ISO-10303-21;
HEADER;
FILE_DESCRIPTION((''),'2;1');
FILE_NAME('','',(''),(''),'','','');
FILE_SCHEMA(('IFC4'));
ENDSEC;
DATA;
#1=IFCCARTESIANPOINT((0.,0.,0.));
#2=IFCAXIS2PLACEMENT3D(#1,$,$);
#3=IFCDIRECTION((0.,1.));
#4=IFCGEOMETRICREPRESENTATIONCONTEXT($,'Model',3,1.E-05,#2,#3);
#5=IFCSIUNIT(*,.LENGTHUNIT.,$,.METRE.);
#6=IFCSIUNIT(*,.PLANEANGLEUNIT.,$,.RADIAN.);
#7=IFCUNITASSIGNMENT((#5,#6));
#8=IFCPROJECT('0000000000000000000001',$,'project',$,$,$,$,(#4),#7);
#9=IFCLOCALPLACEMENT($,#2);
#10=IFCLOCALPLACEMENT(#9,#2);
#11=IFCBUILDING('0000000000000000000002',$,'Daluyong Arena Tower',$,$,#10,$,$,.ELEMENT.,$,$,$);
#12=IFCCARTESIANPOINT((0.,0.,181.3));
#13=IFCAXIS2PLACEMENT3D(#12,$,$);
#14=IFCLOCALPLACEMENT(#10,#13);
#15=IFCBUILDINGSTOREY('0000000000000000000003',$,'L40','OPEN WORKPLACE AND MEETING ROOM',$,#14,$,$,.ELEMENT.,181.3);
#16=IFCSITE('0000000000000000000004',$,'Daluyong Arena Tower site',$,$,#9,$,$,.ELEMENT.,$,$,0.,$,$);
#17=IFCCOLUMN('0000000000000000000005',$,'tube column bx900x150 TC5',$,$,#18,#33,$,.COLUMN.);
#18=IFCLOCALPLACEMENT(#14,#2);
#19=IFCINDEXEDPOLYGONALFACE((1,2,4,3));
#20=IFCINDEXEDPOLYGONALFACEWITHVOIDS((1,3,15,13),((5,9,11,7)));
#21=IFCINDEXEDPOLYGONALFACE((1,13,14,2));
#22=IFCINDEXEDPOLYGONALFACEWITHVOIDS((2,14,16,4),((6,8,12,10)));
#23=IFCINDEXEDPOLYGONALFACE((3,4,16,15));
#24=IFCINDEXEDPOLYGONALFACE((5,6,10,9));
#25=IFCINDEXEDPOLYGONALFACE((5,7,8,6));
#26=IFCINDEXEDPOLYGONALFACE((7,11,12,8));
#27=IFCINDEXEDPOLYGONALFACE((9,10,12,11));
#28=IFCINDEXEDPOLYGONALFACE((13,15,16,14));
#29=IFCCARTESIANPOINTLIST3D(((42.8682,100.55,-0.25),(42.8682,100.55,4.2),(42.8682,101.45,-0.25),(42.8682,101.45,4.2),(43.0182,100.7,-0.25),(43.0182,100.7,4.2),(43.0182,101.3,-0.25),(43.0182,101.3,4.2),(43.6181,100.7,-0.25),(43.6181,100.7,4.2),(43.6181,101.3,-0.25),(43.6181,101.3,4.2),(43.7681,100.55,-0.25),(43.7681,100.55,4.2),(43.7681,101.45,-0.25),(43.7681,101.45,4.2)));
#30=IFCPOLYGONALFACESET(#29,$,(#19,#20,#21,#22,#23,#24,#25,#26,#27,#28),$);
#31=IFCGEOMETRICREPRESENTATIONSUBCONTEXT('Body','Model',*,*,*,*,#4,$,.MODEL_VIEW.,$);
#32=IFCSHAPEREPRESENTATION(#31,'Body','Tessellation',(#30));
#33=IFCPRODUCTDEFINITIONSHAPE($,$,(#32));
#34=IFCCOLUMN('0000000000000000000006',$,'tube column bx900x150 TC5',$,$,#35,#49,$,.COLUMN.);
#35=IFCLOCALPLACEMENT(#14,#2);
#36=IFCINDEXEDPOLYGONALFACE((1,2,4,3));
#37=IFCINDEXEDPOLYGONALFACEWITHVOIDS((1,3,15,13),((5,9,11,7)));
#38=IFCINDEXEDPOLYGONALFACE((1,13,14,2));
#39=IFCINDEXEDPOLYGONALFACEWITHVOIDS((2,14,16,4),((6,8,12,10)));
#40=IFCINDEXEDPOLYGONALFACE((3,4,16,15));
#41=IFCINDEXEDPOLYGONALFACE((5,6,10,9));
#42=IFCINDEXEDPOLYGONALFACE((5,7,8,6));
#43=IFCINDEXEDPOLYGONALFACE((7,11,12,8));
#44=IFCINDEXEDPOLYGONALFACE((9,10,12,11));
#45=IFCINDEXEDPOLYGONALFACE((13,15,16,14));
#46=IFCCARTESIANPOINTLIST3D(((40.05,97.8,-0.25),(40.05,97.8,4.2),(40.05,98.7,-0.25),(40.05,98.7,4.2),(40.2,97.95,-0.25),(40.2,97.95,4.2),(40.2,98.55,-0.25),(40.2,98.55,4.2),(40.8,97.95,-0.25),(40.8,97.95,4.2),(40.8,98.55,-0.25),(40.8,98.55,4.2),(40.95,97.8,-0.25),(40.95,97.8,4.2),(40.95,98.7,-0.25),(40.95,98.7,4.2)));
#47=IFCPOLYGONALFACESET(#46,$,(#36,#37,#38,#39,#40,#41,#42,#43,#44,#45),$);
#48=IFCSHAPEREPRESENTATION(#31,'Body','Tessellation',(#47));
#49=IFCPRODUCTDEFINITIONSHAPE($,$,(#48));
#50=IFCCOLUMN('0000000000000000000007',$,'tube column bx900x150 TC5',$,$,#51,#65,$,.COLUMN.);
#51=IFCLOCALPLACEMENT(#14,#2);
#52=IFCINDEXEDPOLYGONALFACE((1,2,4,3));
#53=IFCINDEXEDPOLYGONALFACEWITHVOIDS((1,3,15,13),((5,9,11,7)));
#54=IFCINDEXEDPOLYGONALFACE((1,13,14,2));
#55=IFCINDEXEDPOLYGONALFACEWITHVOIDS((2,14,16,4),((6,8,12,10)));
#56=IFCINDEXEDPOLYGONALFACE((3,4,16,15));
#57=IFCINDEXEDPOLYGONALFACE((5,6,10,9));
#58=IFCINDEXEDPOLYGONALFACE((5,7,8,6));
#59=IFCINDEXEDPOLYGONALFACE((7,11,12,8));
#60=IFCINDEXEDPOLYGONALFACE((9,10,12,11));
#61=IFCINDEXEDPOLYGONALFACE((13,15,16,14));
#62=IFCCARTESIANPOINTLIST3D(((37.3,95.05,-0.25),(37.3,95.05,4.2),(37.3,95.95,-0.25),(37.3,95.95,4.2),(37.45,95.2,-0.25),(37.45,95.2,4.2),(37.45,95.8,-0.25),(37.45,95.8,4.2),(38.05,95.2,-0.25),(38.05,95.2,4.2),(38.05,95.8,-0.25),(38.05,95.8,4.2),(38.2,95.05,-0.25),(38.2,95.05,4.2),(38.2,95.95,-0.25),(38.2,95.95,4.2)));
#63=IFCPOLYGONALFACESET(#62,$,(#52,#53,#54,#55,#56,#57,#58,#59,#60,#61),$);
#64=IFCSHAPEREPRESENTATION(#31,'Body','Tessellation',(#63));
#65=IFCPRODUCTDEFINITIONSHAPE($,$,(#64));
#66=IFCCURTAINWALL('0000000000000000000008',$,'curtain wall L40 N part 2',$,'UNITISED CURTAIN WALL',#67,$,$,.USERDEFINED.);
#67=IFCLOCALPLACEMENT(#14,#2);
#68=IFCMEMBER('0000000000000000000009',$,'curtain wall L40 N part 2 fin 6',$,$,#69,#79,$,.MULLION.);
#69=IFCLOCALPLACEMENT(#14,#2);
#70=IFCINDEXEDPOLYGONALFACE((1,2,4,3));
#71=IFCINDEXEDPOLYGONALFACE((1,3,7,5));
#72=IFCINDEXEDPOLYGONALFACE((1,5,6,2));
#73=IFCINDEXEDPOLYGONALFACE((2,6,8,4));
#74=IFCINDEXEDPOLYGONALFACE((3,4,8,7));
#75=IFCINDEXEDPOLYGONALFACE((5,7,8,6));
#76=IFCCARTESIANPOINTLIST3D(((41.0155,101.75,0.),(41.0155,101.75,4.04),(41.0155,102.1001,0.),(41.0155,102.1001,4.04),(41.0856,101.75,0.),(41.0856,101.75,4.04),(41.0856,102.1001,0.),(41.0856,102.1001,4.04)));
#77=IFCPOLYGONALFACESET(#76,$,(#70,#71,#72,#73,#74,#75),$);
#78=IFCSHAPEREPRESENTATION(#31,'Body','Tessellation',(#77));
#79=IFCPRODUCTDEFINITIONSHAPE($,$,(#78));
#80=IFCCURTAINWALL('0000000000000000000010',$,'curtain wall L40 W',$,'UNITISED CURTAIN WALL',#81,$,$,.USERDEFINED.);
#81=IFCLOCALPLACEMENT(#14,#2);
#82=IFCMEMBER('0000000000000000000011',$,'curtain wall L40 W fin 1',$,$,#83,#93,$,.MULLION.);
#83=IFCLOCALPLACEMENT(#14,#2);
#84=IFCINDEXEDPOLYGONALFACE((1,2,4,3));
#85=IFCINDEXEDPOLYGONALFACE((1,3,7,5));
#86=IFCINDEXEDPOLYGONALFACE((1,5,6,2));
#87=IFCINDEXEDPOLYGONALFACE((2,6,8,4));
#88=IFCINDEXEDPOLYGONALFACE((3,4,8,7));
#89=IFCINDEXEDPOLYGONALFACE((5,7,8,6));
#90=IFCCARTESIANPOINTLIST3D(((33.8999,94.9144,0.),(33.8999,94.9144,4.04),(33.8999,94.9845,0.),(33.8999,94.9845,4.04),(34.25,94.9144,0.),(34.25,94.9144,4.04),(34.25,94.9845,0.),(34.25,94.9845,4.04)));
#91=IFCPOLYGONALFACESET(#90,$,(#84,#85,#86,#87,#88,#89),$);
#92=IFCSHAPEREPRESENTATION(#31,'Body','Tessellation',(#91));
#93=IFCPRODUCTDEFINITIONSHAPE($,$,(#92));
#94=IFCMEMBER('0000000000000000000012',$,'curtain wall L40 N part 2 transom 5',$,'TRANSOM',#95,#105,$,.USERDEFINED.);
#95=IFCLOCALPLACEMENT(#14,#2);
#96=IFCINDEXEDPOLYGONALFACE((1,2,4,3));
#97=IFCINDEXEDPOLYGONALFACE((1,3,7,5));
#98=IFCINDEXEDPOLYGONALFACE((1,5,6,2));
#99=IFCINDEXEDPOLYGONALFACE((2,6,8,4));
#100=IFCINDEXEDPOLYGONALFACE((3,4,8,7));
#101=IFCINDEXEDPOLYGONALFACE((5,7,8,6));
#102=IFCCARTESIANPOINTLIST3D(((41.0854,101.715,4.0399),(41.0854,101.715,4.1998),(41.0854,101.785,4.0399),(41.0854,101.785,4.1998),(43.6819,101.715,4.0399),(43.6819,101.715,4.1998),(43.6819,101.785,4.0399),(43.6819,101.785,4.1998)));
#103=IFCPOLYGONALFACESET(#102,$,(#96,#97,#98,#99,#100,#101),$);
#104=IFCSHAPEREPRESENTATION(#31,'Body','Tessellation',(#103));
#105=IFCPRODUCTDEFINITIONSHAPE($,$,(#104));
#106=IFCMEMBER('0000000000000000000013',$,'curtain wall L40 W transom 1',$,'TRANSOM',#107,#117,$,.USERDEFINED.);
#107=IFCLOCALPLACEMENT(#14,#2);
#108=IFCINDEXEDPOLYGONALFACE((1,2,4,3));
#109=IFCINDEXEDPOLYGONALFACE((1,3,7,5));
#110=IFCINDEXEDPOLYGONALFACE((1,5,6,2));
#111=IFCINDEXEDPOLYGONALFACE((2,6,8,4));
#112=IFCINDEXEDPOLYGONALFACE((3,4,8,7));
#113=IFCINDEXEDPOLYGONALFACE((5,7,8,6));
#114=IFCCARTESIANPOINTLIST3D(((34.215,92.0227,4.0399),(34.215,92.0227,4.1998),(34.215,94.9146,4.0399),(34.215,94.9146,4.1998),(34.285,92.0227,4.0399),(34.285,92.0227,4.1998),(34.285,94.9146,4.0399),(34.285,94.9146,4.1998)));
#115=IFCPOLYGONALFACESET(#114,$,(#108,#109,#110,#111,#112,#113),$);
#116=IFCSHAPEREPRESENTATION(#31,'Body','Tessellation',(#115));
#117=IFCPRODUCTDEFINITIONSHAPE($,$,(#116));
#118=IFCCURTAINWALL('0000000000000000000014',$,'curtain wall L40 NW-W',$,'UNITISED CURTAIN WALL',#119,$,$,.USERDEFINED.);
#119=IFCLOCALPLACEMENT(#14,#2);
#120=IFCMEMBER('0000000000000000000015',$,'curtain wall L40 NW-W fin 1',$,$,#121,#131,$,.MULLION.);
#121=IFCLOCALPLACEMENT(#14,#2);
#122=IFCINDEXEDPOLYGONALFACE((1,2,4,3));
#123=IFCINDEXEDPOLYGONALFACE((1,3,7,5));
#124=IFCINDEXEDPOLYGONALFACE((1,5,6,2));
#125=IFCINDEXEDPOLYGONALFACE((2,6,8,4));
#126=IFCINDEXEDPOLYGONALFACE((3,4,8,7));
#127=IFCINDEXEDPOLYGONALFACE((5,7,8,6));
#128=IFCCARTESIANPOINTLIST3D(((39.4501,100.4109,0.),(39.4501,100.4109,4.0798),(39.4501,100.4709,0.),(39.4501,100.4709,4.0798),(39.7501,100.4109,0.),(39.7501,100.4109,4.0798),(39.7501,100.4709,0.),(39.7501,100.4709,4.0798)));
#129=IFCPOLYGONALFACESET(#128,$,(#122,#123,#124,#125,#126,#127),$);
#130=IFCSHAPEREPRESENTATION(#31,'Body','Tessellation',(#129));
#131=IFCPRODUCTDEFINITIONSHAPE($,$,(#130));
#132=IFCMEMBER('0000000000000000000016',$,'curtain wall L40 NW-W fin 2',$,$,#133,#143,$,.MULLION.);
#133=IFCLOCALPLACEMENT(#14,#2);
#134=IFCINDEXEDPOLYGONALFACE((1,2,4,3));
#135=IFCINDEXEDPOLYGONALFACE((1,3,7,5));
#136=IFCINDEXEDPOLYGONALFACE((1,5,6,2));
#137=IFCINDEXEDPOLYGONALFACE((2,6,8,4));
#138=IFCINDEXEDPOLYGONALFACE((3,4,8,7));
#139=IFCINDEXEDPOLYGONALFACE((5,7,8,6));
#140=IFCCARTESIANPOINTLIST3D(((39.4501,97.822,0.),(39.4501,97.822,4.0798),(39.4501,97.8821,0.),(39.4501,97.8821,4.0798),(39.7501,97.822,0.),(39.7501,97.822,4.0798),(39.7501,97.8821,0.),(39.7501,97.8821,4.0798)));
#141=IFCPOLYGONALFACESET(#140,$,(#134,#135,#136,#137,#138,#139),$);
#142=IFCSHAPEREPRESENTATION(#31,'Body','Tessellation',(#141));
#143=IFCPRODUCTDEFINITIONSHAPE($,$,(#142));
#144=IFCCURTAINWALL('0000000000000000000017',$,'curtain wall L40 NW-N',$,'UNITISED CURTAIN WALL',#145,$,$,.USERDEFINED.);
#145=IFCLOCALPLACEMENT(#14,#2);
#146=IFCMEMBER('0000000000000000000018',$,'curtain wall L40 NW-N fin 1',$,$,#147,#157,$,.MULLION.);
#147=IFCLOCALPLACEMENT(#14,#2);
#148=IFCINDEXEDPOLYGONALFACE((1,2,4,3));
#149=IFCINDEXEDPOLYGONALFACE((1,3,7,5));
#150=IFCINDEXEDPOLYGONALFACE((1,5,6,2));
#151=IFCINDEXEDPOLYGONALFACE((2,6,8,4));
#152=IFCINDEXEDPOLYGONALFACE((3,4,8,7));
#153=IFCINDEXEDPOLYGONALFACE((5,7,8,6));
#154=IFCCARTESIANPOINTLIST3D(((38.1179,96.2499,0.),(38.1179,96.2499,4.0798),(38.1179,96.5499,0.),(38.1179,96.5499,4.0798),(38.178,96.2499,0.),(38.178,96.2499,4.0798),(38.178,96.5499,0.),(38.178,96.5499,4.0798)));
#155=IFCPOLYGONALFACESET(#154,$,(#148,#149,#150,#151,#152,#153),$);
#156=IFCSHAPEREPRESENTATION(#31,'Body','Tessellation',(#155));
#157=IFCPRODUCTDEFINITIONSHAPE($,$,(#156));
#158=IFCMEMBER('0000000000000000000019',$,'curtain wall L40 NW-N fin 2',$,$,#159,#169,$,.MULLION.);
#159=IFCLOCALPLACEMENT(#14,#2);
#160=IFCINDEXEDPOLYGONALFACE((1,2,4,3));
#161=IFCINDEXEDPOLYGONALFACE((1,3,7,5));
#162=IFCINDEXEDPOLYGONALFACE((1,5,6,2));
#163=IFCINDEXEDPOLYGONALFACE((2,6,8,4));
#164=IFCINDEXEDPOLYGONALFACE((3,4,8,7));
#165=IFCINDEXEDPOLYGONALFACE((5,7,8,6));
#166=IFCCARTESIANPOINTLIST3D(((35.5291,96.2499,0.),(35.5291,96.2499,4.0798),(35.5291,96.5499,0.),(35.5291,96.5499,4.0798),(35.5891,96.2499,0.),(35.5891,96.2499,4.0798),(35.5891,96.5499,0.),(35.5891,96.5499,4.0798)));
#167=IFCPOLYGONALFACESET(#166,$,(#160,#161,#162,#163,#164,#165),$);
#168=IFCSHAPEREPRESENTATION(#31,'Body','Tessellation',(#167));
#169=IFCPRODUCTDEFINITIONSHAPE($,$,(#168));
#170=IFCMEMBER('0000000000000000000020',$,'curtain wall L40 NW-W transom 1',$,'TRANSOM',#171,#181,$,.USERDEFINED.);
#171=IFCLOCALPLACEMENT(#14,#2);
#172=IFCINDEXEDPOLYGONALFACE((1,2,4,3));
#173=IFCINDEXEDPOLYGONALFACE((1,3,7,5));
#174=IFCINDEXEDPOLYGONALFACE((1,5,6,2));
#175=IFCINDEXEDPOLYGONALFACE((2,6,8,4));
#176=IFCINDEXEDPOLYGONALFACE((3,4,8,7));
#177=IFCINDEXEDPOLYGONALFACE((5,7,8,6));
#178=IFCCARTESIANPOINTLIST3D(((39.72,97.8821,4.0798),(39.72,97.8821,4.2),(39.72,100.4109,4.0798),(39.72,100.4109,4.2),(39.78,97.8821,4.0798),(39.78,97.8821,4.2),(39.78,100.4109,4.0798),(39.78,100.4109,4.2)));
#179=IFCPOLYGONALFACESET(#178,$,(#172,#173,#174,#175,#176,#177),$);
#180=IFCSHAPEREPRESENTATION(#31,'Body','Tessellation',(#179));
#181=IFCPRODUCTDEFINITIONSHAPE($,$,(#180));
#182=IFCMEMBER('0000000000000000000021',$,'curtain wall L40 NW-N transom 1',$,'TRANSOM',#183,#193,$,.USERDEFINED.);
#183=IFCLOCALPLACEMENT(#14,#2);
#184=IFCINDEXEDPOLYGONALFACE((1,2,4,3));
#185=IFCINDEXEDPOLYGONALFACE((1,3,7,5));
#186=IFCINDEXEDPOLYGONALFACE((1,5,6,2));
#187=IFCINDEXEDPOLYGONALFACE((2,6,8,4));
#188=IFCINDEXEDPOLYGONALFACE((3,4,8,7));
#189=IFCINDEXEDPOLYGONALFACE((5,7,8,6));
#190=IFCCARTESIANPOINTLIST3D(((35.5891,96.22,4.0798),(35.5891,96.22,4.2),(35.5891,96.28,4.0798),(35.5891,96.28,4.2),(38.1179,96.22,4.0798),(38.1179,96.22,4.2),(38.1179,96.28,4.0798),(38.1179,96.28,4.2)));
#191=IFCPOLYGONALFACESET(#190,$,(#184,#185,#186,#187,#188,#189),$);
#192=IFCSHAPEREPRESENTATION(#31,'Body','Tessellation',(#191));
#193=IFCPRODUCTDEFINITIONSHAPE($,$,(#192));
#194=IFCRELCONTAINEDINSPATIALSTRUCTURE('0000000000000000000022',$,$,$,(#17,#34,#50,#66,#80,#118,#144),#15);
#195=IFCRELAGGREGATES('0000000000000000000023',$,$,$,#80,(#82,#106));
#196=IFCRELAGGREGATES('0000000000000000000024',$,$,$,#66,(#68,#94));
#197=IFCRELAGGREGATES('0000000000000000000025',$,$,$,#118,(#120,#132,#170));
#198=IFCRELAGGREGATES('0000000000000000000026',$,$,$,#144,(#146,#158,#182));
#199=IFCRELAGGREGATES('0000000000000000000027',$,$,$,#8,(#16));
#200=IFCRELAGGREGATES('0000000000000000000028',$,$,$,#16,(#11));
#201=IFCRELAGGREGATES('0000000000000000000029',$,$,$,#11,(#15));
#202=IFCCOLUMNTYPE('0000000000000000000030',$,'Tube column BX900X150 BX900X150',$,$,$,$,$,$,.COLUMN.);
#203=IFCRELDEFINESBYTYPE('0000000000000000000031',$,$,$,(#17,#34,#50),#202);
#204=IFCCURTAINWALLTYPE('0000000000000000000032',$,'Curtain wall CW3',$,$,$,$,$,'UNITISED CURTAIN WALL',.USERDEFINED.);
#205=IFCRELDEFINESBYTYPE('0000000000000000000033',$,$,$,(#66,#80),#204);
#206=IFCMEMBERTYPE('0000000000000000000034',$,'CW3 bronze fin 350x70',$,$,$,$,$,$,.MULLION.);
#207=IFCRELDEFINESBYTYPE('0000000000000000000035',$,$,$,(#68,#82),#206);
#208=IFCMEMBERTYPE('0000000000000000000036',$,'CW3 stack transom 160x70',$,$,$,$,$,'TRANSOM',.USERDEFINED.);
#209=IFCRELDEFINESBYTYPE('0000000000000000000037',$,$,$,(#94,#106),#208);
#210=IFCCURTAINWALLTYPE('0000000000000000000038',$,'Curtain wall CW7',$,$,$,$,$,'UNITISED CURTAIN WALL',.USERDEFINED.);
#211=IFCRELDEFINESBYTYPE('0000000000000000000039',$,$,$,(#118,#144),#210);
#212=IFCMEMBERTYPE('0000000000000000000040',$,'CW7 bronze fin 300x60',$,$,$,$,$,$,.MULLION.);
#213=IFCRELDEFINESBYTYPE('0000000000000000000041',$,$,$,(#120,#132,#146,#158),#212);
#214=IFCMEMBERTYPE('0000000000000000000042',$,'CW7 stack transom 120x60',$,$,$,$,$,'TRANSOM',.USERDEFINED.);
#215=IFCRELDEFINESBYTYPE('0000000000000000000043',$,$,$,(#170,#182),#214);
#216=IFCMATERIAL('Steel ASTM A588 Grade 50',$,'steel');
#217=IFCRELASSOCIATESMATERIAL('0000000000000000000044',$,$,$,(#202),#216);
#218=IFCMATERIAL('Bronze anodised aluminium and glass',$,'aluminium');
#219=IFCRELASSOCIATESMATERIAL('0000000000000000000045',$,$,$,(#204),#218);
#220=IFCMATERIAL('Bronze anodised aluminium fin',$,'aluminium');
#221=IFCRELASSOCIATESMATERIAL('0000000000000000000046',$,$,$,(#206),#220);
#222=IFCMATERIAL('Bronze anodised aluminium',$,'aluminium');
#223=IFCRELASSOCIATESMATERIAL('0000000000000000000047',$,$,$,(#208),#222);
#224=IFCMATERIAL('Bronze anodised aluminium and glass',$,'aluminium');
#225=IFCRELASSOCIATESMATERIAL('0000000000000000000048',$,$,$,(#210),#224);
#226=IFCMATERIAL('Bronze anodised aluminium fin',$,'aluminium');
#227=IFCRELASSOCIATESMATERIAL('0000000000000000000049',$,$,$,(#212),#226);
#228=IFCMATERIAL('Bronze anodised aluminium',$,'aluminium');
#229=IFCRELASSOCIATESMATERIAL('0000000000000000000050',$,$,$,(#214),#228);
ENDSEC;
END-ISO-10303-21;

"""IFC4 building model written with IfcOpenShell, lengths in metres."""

from ifc_helpers import new_model, si_unit, direction, frame, origin, origin_2d, place, context, subcontext, project, spatial, rectangle, hollow_rectangle, extrude, material, material_profile, profile_set, type_object, element, aggregate, save


model = new_model("IFC4")

# Units and contexts
model_context = context("Model", 3, precision=1e-05, world=origin(), true_north=direction((0.0, 1.0)))
body_context = subcontext(model_context, "Body", "Model", "MODEL_VIEW")
ifc_project = project(units=[si_unit("LENGTHUNIT", "METRE"), si_unit("PLANEANGLEUNIT", "RADIAN")], contexts=[model_context])

# Site, building, storey
site_placement = place(None, origin())
site = spatial("IfcSite", under=ifc_project, at=site_placement, Name="Daluyong Arena Tower site", CompositionType="ELEMENT", RefElevation=0.0)
building_placement = place(site_placement, origin())
building = spatial("IfcBuilding", under=site, at=building_placement, Name="Daluyong Arena Tower", CompositionType="ELEMENT")
storey_placement = place(building_placement, frame((0.0, 0.0, 181.3)))
storey = spatial("IfcBuildingStorey", under=building, at=storey_placement, Name="L40", Description="OPEN WORKPLACE AND MEETING ROOM", CompositionType="ELEMENT", Elevation=181.3)

# Columns
ifc_material_1 = material(Name="Steel ASTM A588 Grade 50", Category="steel")
ifc_material_profile_1 = material_profile(ifc_material_1, hollow_rectangle(XDim=0.8999, YDim=0.8999, WallThickness=0.15, at=origin_2d()))
ifc_profile_set_1 = profile_set([ifc_material_profile_1], Name="Steel ASTM A588 Grade 50")
column_type_1 = type_object("IfcColumnType", Name="Tube column BX900X150 BX900X150", PredefinedType="COLUMN", material=ifc_profile_set_1)
for number, where, z_axis, x_axis, name in (
    (1, (43.3181, 101.0, -0.25), (0.0, 0.0, 1.0), (1.0, 0.0, 0.0), "tube column bx900x150 TC5"),
    (2, (40.5, 98.25, -0.25), (0.0, 0.0, 1.0), (0.0, 1.0, 0.0), "tube column bx900x150 TC5"),
    (3, (37.75, 95.5, -0.25), (0.0, 0.0, 1.0), (1.0, 0.0, 0.0), "tube column bx900x150 TC5"),
):
    element("IfcColumn", number, at=place(storey_placement, frame(where, z_axis=z_axis, x_axis=x_axis)), inside=storey, type_object=column_type_1, Name=name, PredefinedType="COLUMN", context=body_context, shape_type="SweptSolid", body=[
        extrude(hollow_rectangle(XDim=0.8999, YDim=0.8999, WallThickness=0.15, at=origin_2d()), origin(), (0.0, 0.0, 1.0), 4.45),
    ])

# Curtain walls, members
ifc_material_2 = material(Name="Bronze anodised aluminium and glass", Category="aluminium")
curtain_wall_type_1 = type_object("IfcCurtainWallType", Name="Curtain wall CW3", ElementType="UNITISED CURTAIN WALL", PredefinedType="USERDEFINED", material=ifc_material_2)
curtain_wall_1_placement = place(storey_placement, origin())
curtain_wall_1 = element("IfcCurtainWall", 4, at=curtain_wall_1_placement, inside=storey, type_object=curtain_wall_type_1, Name="curtain wall L40 N part 2", ObjectType="UNITISED CURTAIN WALL", PredefinedType="USERDEFINED")
ifc_material_3 = material(Name="Bronze anodised aluminium fin", Category="aluminium")
ifc_material_profile_2 = material_profile(ifc_material_3, rectangle(XDim=0.3501, YDim=0.0701, at=origin_2d()))
ifc_profile_set_2 = profile_set([ifc_material_profile_2], Name="Bronze anodised aluminium fin")
member_type_1 = type_object("IfcMemberType", Name="CW3 bronze fin 350x70", PredefinedType="MULLION", material=ifc_profile_set_2)
member_1_placement = place(storey_placement, frame((41.0505, 101.925, 0.0), z_axis=(0.0, 0.0, 1.0), x_axis=(0.0, -1.0, 0.0)))
member_1 = element("IfcMember", 5, at=member_1_placement, type_object=member_type_1, Name="curtain wall L40 N part 2 fin 6", PredefinedType="MULLION", context=body_context, shape_type="SweptSolid", body=[
    extrude(rectangle(XDim=0.3501, YDim=0.0701, at=origin_2d()), origin(), (0.0, 0.0, 1.0), 4.04),
])
curtain_wall_2_placement = place(storey_placement, origin())
curtain_wall_2 = element("IfcCurtainWall", 6, at=curtain_wall_2_placement, inside=storey, type_object=curtain_wall_type_1, Name="curtain wall L40 W", ObjectType="UNITISED CURTAIN WALL", PredefinedType="USERDEFINED")
member_2_placement = place(storey_placement, frame((34.075, 94.9495, 0.0), z_axis=(0.0, 0.0, 1.0), x_axis=(1.0, 0.0, 0.0)))
member_2 = element("IfcMember", 7, at=member_2_placement, type_object=member_type_1, Name="curtain wall L40 W fin 1", PredefinedType="MULLION", context=body_context, shape_type="SweptSolid", body=[
    extrude(rectangle(XDim=0.3501, YDim=0.0701, at=origin_2d()), origin(), (0.0, 0.0, 1.0), 4.04),
])

# Members
ifc_material_4 = material(Name="Bronze anodised aluminium", Category="aluminium")
ifc_material_profile_3 = material_profile(ifc_material_4, rectangle(XDim=0.0701, YDim=0.1599, at=origin_2d()))
ifc_profile_set_3 = profile_set([ifc_material_profile_3], Name="Bronze anodised aluminium")
member_type_2 = type_object("IfcMemberType", Name="CW3 stack transom 160x70", ElementType="TRANSOM", PredefinedType="USERDEFINED", material=ifc_profile_set_3)
member_3_placement = place(storey_placement, frame((43.6819, 101.75, 4.1199), z_axis=(-1.0, 0.0, 0.0), x_axis=(0.0, -1.0, 0.0)))
member_3 = element("IfcMember", 8, at=member_3_placement, type_object=member_type_2, Name="curtain wall L40 N part 2 transom 5", ObjectType="TRANSOM", PredefinedType="USERDEFINED", context=body_context, shape_type="SweptSolid", body=[
    extrude(rectangle(XDim=0.0701, YDim=0.1599, at=origin_2d()), origin(), (0.0, 0.0, 1.0), 2.5964),
])
member_4_placement = place(storey_placement, frame((34.25, 94.9146, 4.1199), z_axis=(0.0, -1.0, 0.0), x_axis=(1.0, 0.0, 0.0)))
member_4 = element("IfcMember", 9, at=member_4_placement, type_object=member_type_2, Name="curtain wall L40 W transom 1", ObjectType="TRANSOM", PredefinedType="USERDEFINED", context=body_context, shape_type="SweptSolid", body=[
    extrude(rectangle(XDim=0.0701, YDim=0.1599, at=origin_2d()), origin(), (0.0, 0.0, 1.0), 2.8918),
])
aggregate(curtain_wall_2, [member_2, member_4])

# Curtain walls, members
ifc_material_5 = material(Name="Bronze anodised aluminium and glass", Category="aluminium")
curtain_wall_type_2 = type_object("IfcCurtainWallType", Name="Curtain wall CW7", ElementType="UNITISED CURTAIN WALL", PredefinedType="USERDEFINED", material=ifc_material_5)
curtain_wall_3_placement = place(storey_placement, origin())
curtain_wall_3 = element("IfcCurtainWall", 10, at=curtain_wall_3_placement, inside=storey, type_object=curtain_wall_type_2, Name="curtain wall L40 NW-W", ObjectType="UNITISED CURTAIN WALL", PredefinedType="USERDEFINED")
ifc_material_6 = material(Name="Bronze anodised aluminium fin", Category="aluminium")
ifc_material_profile_4 = material_profile(ifc_material_6, rectangle(XDim=0.3, YDim=0.0601, at=origin_2d()))
ifc_profile_set_4 = profile_set([ifc_material_profile_4], Name="Bronze anodised aluminium fin")
member_type_3 = type_object("IfcMemberType", Name="CW7 bronze fin 300x60", PredefinedType="MULLION", material=ifc_profile_set_4)
member_5_placement = place(storey_placement, frame((39.6001, 100.4409, 0.0), z_axis=(0.0, 0.0, 1.0), x_axis=(1.0, 0.0, 0.0)))
member_5 = element("IfcMember", 11, at=member_5_placement, type_object=member_type_3, Name="curtain wall L40 NW-W fin 1", PredefinedType="MULLION", context=body_context, shape_type="SweptSolid", body=[
    extrude(rectangle(XDim=0.3, YDim=0.0601, at=origin_2d()), origin(), (0.0, 0.0, 1.0), 4.0798),
])
member_6_placement = place(storey_placement, frame((39.6001, 97.8521, 0.0), z_axis=(0.0, 0.0, 1.0), x_axis=(1.0, 0.0, 0.0)))
member_6 = element("IfcMember", 12, at=member_6_placement, type_object=member_type_3, Name="curtain wall L40 NW-W fin 2", PredefinedType="MULLION", context=body_context, shape_type="SweptSolid", body=[
    extrude(rectangle(XDim=0.3, YDim=0.0601, at=origin_2d()), origin(), (0.0, 0.0, 1.0), 4.0798),
])
curtain_wall_4_placement = place(storey_placement, origin())
curtain_wall_4 = element("IfcCurtainWall", 13, at=curtain_wall_4_placement, inside=storey, type_object=curtain_wall_type_2, Name="curtain wall L40 NW-N", ObjectType="UNITISED CURTAIN WALL", PredefinedType="USERDEFINED")
member_7_placement = place(storey_placement, frame((38.1479, 96.3999, 0.0), z_axis=(0.0, 0.0, 1.0), x_axis=(0.0, -1.0, 0.0)))
member_7 = element("IfcMember", 14, at=member_7_placement, type_object=member_type_3, Name="curtain wall L40 NW-N fin 1", PredefinedType="MULLION", context=body_context, shape_type="SweptSolid", body=[
    extrude(rectangle(XDim=0.3, YDim=0.0601, at=origin_2d()), origin(), (0.0, 0.0, 1.0), 4.0798),
])
member_8_placement = place(storey_placement, frame((35.5591, 96.3999, 0.0), z_axis=(0.0, 0.0, 1.0), x_axis=(0.0, -1.0, 0.0)))
member_8 = element("IfcMember", 15, at=member_8_placement, type_object=member_type_3, Name="curtain wall L40 NW-N fin 2", PredefinedType="MULLION", context=body_context, shape_type="SweptSolid", body=[
    extrude(rectangle(XDim=0.3, YDim=0.0601, at=origin_2d()), origin(), (0.0, 0.0, 1.0), 4.0798),
])

# Members
ifc_material_7 = material(Name="Bronze anodised aluminium", Category="aluminium")
ifc_material_profile_5 = material_profile(ifc_material_7, rectangle(XDim=0.0601, YDim=0.1201, at=origin_2d()))
ifc_profile_set_5 = profile_set([ifc_material_profile_5], Name="Bronze anodised aluminium")
member_type_4 = type_object("IfcMemberType", Name="CW7 stack transom 120x60", ElementType="TRANSOM", PredefinedType="USERDEFINED", material=ifc_profile_set_5)
member_9_placement = place(storey_placement, frame((39.75, 100.4109, 4.1399), z_axis=(0.0, -1.0, 0.0), x_axis=(1.0, 0.0, 0.0)))
member_9 = element("IfcMember", 16, at=member_9_placement, type_object=member_type_4, Name="curtain wall L40 NW-W transom 1", ObjectType="TRANSOM", PredefinedType="USERDEFINED", context=body_context, shape_type="SweptSolid", body=[
    extrude(rectangle(XDim=0.0601, YDim=0.1201, at=origin_2d()), origin(), (0.0, 0.0, 1.0), 2.5288),
])
member_10_placement = place(storey_placement, frame((38.1179, 96.25, 4.1399), z_axis=(-1.0, 0.0, 0.0), x_axis=(0.0, -1.0, 0.0)))
member_10 = element("IfcMember", 17, at=member_10_placement, type_object=member_type_4, Name="curtain wall L40 NW-N transom 1", ObjectType="TRANSOM", PredefinedType="USERDEFINED", context=body_context, shape_type="SweptSolid", body=[
    extrude(rectangle(XDim=0.0601, YDim=0.1201, at=origin_2d()), origin(), (0.0, 0.0, 1.0), 2.5288),
])

aggregate(curtain_wall_1, [member_1, member_3])
aggregate(curtain_wall_3, [member_5, member_6, member_9])
aggregate(curtain_wall_4, [member_7, member_8, member_10])

save(model, "model.ifc")
